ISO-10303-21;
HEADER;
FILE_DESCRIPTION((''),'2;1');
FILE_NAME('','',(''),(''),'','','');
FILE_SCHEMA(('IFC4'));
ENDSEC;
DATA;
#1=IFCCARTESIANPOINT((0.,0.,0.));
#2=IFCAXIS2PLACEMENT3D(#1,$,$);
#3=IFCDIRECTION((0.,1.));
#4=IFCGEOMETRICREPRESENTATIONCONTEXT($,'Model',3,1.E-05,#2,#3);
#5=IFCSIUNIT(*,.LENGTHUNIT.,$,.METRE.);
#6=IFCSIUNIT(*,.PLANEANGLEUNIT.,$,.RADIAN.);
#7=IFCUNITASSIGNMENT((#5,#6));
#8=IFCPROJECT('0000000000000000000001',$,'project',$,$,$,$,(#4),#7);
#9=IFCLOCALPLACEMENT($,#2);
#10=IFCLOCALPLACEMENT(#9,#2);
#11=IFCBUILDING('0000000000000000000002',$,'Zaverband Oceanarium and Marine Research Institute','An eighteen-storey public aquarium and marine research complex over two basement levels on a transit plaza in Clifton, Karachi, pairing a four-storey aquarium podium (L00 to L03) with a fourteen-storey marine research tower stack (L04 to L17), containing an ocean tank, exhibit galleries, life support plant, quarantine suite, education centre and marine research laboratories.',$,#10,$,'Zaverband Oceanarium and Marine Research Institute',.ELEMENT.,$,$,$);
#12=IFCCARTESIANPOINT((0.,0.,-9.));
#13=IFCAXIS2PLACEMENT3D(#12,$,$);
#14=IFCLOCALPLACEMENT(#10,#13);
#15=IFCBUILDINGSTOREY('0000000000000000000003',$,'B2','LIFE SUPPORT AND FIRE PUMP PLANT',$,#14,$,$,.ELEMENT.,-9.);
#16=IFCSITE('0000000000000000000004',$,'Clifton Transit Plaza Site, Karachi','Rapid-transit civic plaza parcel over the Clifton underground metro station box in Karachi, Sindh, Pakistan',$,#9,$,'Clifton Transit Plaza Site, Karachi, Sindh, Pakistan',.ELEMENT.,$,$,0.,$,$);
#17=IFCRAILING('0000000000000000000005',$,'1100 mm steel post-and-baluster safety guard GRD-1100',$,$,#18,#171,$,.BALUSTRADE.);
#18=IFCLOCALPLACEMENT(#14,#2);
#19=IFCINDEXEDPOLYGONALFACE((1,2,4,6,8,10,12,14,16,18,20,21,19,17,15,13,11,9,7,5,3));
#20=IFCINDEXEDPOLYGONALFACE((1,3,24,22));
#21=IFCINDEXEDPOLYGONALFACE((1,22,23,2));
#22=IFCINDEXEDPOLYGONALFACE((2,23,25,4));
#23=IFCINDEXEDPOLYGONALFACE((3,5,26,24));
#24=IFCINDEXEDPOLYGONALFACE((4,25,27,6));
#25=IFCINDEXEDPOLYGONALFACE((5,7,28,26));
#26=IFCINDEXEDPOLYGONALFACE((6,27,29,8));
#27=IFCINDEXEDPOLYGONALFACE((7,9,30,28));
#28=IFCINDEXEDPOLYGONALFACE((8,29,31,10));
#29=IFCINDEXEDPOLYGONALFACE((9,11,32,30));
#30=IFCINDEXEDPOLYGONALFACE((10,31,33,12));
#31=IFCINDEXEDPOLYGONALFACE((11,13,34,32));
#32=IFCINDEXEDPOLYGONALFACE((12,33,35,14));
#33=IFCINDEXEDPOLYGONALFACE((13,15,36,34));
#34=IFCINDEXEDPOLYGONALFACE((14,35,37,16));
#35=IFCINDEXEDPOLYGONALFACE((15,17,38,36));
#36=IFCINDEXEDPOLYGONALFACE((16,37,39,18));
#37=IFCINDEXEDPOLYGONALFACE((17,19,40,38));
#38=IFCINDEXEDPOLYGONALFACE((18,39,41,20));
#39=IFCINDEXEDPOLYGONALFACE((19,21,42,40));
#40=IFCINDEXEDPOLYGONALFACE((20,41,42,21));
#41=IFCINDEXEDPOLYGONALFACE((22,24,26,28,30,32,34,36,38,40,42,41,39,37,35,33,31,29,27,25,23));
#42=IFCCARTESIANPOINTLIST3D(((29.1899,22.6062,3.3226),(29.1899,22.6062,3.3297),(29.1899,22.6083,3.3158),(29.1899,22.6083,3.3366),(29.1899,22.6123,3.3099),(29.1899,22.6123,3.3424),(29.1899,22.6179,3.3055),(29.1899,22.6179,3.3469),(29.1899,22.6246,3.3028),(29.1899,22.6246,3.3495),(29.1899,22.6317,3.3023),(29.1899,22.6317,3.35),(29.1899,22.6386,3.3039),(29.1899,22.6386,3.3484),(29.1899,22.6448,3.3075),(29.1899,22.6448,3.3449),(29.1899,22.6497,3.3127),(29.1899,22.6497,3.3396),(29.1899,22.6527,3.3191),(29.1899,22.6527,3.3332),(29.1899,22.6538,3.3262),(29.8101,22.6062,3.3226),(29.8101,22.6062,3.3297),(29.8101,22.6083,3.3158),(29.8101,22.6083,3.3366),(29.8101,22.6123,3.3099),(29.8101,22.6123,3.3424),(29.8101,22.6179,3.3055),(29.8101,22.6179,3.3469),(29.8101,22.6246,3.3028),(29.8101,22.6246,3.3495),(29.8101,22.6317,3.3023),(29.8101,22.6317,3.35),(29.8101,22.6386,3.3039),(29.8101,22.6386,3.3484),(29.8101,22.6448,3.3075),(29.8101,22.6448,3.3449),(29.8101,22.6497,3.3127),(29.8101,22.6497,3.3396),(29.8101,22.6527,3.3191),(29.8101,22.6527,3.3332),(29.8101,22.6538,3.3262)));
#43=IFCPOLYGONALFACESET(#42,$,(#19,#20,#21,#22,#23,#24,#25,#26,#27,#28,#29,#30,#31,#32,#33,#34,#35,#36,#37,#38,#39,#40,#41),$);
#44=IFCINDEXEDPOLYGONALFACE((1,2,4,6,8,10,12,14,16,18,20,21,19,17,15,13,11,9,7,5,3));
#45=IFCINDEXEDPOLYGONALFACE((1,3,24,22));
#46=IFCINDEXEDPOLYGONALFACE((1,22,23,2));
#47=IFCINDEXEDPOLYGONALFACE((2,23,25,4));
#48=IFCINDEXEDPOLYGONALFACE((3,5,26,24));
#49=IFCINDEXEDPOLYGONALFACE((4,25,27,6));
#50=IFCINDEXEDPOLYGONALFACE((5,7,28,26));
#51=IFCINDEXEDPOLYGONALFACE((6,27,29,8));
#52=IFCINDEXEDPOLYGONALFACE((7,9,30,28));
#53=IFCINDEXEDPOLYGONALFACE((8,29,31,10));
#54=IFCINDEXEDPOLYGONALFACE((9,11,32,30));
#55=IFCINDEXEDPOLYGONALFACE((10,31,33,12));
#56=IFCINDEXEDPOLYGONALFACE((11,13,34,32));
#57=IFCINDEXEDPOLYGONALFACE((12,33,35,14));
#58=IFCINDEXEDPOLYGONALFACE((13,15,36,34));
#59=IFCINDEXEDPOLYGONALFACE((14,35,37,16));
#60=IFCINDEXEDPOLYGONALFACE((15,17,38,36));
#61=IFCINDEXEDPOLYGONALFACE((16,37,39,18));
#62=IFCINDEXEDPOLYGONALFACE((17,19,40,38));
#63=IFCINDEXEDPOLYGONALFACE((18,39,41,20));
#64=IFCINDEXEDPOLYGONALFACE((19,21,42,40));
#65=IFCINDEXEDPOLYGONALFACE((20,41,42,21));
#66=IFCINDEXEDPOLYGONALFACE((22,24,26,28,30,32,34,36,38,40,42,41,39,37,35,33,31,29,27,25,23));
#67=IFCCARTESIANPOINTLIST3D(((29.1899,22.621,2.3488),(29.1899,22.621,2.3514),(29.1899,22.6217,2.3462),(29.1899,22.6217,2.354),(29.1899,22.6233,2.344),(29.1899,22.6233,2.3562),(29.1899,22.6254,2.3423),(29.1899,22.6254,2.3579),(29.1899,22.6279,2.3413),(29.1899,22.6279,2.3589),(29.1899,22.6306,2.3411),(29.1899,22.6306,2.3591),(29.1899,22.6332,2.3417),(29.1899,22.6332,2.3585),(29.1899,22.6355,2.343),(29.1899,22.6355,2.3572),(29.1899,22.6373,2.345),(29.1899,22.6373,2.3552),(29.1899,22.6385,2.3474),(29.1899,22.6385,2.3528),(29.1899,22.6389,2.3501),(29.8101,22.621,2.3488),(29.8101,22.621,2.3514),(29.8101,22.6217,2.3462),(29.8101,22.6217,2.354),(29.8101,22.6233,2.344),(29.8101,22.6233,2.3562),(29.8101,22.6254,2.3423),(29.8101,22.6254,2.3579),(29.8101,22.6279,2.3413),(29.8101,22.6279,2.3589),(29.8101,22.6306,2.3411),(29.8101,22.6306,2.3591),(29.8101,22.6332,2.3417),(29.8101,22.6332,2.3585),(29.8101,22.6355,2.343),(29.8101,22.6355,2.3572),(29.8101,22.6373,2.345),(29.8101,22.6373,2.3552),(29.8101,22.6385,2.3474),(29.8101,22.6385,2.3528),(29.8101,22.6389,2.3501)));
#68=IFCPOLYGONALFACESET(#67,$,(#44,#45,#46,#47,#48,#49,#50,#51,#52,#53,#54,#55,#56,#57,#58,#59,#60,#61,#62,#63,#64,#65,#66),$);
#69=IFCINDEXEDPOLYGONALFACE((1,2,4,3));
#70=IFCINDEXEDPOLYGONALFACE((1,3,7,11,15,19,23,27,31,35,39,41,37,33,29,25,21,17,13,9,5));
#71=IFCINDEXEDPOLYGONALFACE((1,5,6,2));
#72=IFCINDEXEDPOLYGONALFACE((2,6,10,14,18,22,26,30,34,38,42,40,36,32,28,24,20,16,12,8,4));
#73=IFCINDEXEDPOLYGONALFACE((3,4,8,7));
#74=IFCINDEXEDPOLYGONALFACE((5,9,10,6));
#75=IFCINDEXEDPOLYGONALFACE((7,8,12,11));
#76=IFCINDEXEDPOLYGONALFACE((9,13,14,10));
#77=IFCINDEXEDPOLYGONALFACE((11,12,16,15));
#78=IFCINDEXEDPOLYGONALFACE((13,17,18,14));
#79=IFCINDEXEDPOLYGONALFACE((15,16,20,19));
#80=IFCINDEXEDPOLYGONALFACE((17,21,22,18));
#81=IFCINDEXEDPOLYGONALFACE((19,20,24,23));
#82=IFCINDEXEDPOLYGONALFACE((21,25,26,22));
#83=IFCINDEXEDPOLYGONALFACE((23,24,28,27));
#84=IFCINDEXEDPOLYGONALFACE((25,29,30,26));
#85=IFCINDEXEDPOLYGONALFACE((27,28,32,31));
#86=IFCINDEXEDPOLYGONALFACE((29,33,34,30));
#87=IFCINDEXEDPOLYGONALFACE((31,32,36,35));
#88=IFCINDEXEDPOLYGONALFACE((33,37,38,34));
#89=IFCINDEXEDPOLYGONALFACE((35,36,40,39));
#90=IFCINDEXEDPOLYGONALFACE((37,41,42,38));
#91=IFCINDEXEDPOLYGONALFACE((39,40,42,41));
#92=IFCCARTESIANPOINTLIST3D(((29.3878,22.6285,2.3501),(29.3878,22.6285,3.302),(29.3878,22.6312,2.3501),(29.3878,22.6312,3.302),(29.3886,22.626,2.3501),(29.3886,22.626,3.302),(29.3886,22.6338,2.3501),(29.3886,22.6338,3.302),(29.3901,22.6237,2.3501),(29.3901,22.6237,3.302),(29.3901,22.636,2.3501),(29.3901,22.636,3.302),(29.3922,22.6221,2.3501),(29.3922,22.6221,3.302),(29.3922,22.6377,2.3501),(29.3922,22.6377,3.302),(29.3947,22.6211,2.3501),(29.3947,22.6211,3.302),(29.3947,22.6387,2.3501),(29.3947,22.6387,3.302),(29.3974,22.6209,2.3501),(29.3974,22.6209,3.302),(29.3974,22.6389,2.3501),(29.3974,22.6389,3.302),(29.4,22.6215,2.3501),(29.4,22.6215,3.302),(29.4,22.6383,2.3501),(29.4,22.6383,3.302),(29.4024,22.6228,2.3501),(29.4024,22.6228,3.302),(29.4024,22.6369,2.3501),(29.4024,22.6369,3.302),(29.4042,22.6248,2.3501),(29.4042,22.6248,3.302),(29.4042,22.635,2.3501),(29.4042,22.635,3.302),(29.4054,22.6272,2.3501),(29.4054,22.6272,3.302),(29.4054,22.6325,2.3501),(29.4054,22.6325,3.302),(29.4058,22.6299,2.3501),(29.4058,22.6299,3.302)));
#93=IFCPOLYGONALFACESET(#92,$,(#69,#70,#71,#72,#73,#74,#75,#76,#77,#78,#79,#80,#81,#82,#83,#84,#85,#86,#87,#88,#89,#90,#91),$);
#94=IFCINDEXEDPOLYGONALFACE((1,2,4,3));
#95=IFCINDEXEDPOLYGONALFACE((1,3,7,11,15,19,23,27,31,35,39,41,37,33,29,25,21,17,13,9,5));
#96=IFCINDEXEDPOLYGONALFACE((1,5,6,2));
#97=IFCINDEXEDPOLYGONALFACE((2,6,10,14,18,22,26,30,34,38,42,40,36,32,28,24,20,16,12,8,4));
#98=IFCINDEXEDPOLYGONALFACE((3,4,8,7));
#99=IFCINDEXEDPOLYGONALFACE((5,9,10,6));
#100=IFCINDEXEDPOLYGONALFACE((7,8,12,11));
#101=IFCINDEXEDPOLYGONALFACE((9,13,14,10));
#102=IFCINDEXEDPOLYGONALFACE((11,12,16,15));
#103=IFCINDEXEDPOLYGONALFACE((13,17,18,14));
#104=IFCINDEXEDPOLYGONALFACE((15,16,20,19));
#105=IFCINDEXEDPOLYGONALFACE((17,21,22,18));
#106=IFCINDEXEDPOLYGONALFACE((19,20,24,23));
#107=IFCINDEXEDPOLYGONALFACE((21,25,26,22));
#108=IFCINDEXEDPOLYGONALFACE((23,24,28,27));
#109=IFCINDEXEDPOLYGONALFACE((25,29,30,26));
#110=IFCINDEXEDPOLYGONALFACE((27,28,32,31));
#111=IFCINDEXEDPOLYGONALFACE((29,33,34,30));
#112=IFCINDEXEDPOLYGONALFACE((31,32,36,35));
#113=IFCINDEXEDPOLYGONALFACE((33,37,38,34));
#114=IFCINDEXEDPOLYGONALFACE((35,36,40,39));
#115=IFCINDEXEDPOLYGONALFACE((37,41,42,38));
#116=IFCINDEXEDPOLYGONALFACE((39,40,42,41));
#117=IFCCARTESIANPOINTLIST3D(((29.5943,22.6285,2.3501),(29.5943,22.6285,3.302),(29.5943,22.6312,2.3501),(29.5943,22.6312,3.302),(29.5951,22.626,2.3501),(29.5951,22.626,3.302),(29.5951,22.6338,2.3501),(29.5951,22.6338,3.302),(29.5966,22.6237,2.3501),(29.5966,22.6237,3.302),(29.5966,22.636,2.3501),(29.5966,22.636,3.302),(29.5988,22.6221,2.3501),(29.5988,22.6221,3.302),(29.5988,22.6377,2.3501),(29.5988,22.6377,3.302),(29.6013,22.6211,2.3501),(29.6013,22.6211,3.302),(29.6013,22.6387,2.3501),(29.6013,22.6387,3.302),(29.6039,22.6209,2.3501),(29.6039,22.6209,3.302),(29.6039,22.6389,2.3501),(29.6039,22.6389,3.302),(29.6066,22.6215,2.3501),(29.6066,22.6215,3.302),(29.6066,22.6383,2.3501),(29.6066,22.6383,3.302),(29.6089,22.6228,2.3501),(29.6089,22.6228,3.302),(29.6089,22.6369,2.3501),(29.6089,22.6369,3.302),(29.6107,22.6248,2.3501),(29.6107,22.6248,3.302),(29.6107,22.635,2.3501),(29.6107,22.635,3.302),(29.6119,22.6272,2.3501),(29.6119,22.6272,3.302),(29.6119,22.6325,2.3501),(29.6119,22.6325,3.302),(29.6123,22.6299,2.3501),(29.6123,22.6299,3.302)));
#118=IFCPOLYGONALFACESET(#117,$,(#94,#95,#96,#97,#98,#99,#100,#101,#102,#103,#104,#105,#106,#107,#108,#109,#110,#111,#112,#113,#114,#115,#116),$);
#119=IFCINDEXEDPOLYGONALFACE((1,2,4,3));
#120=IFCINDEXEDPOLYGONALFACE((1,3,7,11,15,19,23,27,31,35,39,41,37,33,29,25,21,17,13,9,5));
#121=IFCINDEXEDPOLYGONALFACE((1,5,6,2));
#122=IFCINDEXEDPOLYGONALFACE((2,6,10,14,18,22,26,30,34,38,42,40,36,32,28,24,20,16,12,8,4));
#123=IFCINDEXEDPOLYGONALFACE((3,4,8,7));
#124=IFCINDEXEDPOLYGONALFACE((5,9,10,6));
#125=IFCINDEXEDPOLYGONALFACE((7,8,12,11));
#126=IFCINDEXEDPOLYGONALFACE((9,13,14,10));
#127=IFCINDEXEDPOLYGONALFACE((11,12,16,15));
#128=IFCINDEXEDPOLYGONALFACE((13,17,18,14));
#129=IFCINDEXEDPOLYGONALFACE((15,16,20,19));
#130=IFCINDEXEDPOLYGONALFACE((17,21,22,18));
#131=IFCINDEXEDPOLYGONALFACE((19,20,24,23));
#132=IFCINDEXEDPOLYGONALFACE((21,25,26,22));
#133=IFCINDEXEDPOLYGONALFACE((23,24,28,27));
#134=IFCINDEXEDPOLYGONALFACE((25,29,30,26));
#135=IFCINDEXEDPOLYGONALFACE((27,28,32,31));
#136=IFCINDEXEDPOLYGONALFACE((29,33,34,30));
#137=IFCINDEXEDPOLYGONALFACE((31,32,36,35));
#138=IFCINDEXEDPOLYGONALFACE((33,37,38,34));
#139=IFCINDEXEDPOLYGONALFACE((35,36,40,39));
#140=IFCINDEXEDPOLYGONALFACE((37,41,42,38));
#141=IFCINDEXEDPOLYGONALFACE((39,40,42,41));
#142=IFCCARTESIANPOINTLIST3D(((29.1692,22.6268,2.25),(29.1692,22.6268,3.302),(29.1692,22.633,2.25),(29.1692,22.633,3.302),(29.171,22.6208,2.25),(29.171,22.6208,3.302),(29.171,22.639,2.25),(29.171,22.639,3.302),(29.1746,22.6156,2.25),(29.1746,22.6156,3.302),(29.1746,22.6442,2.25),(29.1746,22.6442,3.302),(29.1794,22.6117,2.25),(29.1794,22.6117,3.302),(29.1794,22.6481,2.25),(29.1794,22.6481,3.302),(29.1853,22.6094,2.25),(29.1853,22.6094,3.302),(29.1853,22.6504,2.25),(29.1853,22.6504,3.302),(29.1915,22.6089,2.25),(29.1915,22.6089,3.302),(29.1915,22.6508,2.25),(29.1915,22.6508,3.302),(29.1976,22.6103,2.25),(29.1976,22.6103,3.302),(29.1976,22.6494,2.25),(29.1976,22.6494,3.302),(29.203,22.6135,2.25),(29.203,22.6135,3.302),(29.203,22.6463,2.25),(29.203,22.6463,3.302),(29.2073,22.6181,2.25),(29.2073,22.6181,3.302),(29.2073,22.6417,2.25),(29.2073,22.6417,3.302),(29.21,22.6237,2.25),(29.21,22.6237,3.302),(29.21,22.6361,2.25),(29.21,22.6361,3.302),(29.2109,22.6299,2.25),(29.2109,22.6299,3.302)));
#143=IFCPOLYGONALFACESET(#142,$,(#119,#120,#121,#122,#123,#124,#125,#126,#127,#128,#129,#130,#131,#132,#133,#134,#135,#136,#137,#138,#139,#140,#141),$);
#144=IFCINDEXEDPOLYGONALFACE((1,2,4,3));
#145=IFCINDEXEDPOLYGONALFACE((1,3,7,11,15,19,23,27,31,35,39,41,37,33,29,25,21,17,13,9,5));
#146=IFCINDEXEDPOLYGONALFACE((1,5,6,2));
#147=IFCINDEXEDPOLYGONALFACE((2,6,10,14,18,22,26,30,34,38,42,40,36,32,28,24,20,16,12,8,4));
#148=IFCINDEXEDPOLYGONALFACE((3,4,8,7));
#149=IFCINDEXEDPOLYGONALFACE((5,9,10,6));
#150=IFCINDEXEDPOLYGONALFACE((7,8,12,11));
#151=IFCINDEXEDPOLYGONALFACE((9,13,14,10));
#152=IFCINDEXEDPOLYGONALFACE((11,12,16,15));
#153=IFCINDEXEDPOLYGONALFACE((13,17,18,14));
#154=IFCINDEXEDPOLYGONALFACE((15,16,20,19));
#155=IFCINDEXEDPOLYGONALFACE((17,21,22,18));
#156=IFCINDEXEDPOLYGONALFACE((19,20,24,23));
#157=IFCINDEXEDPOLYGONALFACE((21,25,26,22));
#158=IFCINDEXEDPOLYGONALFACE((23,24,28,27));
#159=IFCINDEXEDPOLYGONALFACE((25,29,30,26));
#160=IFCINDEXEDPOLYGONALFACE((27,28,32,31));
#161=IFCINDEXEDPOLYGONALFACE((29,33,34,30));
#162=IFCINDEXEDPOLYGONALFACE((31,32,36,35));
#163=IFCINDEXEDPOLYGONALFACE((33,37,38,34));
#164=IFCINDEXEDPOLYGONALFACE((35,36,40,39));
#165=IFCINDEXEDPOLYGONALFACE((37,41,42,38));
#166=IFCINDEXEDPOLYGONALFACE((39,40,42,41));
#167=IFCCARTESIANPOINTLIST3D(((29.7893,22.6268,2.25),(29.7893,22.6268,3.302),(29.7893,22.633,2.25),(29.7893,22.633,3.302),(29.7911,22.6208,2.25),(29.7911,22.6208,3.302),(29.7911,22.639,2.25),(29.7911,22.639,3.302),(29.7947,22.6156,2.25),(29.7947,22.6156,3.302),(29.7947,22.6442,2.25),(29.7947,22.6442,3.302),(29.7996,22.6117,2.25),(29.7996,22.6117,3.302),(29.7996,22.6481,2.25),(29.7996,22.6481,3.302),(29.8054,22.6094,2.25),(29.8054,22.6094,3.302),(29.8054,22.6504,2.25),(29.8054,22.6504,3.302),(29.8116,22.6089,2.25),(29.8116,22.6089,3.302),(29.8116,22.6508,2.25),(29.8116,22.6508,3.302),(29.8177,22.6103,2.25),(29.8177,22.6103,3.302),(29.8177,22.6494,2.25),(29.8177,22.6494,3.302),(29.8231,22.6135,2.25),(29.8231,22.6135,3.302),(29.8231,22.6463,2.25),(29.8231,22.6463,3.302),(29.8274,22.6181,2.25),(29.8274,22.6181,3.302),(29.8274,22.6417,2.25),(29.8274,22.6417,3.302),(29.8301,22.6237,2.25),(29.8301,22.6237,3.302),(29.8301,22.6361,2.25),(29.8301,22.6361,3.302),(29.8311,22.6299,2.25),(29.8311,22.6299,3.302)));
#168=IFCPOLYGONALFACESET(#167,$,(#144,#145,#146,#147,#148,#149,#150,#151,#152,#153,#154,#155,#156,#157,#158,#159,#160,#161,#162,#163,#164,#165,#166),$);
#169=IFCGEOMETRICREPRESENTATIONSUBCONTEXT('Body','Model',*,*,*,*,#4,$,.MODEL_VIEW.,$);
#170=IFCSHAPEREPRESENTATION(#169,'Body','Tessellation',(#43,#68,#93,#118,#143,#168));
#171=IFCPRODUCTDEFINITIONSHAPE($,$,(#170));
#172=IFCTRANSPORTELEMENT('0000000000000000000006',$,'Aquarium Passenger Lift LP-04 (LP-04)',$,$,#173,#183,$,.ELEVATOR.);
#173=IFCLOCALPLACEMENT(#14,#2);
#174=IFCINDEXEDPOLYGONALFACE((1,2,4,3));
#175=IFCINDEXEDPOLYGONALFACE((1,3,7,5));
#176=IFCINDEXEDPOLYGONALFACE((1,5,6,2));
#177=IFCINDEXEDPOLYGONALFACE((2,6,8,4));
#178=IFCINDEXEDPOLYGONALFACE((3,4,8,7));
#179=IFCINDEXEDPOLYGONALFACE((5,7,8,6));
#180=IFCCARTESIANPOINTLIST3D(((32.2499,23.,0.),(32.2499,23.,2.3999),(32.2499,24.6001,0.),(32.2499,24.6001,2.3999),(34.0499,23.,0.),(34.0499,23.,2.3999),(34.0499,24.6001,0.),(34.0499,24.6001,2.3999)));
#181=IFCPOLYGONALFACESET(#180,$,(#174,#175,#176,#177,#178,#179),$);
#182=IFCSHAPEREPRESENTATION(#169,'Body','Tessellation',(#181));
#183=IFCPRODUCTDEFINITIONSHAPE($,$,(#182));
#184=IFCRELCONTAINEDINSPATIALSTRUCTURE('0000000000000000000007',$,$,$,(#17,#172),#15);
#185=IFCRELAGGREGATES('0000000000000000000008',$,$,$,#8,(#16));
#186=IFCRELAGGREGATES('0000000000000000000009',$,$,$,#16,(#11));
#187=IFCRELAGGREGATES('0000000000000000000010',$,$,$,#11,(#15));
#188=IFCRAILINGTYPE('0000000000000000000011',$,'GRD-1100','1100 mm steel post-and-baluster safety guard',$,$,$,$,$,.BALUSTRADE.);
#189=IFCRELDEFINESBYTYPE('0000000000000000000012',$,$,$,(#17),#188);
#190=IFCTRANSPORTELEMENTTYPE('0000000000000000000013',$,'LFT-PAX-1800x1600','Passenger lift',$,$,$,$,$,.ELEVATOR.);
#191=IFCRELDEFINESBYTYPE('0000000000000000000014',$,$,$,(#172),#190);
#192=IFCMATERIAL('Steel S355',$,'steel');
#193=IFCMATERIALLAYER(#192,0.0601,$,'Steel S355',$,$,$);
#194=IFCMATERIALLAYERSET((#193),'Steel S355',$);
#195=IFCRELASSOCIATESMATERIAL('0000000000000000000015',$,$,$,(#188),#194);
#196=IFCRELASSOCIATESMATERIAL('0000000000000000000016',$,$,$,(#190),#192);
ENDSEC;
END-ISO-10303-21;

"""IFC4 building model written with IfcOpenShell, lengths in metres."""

from ifc_helpers import new_model, si_unit, direction, frame, origin, origin_2d, place, context, subcontext, project, spatial, rectangle, circle, extrude, material, layer, layer_set, type_object, element, save


model = new_model("IFC4")

# Units and contexts
model_context = context("Model", 3, precision=1e-05, world=origin(), true_north=direction((0.0, 1.0)))
body_context = subcontext(model_context, "Body", "Model", "MODEL_VIEW")
ifc_project = project(units=[si_unit("LENGTHUNIT", "METRE"), si_unit("PLANEANGLEUNIT", "RADIAN")], contexts=[model_context])

# Site, building, storey
site_placement = place(None, origin())
site = spatial("IfcSite", under=ifc_project, at=site_placement, Name="Clifton Transit Plaza Site, Karachi", Description="Rapid-transit civic plaza parcel over the Clifton underground metro station box in Karachi, Sindh, Pakistan", LongName="Clifton Transit Plaza Site, Karachi, Sindh, Pakistan", CompositionType="ELEMENT", RefElevation=0.0)
building_placement = place(site_placement, origin())
building = spatial("IfcBuilding", under=site, at=building_placement, Name="Zaverband Oceanarium and Marine Research Institute", Description="An eighteen-storey public aquarium and marine research complex over two basement levels on a transit plaza in Clifton, Karachi, pairing a four-storey aquarium podium (L00 to L03) with a fourteen-storey marine research tower stack (L04 to L17), containing an ocean tank, exhibit galleries, life support plant, quarantine suite, education centre and marine research laboratories.", LongName="Zaverband Oceanarium and Marine Research Institute", CompositionType="ELEMENT")
storey_placement = place(building_placement, frame((0.0, 0.0, -9.0)))
storey = spatial("IfcBuildingStorey", under=building, at=storey_placement, Name="B2", Description="LIFE SUPPORT AND FIRE PUMP PLANT", CompositionType="ELEMENT", Elevation=-9.0)

# Shared definitions
ifc_material_1 = material(Name="Steel S355", Category="steel")

# Railing
ifc_layer_1 = layer(ifc_material_1, 0.0601, Name="Steel S355")
ifc_layer_set_1 = layer_set([ifc_layer_1], Name="Steel S355")
railing_type_1 = type_object("IfcRailingType", Name="GRD-1100", Description="1100 mm steel post-and-baluster safety guard", PredefinedType="BALUSTRADE", material=ifc_layer_set_1)
railing_1_placement = place(storey_placement, frame((29.1899, 22.6299, 2.25)))
element("IfcRailing", 1, at=railing_1_placement, inside=storey, type_object=railing_type_1, Name="1100 mm steel post-and-baluster safety guard GRD-1100", PredefinedType="BALUSTRADE", context=body_context, shape_type="SweptSolid", body=[
    extrude(circle(Radius=0.0239, at=origin_2d()), frame((0.0, 0.0, 1.0762), z_axis=(1.0, 0.0, 0.0), x_axis=(0.0, 1.0, 0.0)), (0.0, 0.0, 1.0), 0.6201),
    extrude(circle(Radius=0.009, at=origin_2d()), frame((0.0, 0.0, 0.1001), z_axis=(1.0, 0.0, 0.0), x_axis=(0.0, 1.0, 0.0)), (0.0, 0.0, 1.0), 0.6201),
    extrude(circle(Radius=0.009, at=origin_2d()), frame((0.2068, 0.0, 0.1001)), (0.0, 0.0, 1.0), 0.9519),
    extrude(circle(Radius=0.009, at=origin_2d()), frame((0.4133, 0.0, 0.1001)), (0.0, 0.0, 1.0), 0.9519),
    extrude(circle(Radius=0.021, at=origin_2d()), origin(), (0.0, 0.0, 1.0), 1.052),
    extrude(circle(Radius=0.021, at=origin_2d()), frame((0.6201, 0.0, 0.0)), (0.0, 0.0, 1.0), 1.052),
])

# Transport element
transport_element_type = type_object("IfcTransportElementType", Name="LFT-PAX-1800x1600", Description="Passenger lift", PredefinedType="ELEVATOR", material=ifc_material_1)
transport_element_placement = place(storey_placement, frame((33.1499, 23.8, 0.0), z_axis=(0.0, 0.0, 1.0), x_axis=(1.0, 0.0, 0.0)))
element("IfcTransportElement", 2, at=transport_element_placement, inside=storey, type_object=transport_element_type, Name="Aquarium Passenger Lift LP-04 (LP-04)", PredefinedType="ELEVATOR", context=body_context, shape_type="SweptSolid", body=[
    extrude(rectangle(XDim=1.8, YDim=1.6001, at=origin_2d()), origin(), (0.0, 0.0, 1.0), 2.3999),
])

save(model, "model.ifc")
